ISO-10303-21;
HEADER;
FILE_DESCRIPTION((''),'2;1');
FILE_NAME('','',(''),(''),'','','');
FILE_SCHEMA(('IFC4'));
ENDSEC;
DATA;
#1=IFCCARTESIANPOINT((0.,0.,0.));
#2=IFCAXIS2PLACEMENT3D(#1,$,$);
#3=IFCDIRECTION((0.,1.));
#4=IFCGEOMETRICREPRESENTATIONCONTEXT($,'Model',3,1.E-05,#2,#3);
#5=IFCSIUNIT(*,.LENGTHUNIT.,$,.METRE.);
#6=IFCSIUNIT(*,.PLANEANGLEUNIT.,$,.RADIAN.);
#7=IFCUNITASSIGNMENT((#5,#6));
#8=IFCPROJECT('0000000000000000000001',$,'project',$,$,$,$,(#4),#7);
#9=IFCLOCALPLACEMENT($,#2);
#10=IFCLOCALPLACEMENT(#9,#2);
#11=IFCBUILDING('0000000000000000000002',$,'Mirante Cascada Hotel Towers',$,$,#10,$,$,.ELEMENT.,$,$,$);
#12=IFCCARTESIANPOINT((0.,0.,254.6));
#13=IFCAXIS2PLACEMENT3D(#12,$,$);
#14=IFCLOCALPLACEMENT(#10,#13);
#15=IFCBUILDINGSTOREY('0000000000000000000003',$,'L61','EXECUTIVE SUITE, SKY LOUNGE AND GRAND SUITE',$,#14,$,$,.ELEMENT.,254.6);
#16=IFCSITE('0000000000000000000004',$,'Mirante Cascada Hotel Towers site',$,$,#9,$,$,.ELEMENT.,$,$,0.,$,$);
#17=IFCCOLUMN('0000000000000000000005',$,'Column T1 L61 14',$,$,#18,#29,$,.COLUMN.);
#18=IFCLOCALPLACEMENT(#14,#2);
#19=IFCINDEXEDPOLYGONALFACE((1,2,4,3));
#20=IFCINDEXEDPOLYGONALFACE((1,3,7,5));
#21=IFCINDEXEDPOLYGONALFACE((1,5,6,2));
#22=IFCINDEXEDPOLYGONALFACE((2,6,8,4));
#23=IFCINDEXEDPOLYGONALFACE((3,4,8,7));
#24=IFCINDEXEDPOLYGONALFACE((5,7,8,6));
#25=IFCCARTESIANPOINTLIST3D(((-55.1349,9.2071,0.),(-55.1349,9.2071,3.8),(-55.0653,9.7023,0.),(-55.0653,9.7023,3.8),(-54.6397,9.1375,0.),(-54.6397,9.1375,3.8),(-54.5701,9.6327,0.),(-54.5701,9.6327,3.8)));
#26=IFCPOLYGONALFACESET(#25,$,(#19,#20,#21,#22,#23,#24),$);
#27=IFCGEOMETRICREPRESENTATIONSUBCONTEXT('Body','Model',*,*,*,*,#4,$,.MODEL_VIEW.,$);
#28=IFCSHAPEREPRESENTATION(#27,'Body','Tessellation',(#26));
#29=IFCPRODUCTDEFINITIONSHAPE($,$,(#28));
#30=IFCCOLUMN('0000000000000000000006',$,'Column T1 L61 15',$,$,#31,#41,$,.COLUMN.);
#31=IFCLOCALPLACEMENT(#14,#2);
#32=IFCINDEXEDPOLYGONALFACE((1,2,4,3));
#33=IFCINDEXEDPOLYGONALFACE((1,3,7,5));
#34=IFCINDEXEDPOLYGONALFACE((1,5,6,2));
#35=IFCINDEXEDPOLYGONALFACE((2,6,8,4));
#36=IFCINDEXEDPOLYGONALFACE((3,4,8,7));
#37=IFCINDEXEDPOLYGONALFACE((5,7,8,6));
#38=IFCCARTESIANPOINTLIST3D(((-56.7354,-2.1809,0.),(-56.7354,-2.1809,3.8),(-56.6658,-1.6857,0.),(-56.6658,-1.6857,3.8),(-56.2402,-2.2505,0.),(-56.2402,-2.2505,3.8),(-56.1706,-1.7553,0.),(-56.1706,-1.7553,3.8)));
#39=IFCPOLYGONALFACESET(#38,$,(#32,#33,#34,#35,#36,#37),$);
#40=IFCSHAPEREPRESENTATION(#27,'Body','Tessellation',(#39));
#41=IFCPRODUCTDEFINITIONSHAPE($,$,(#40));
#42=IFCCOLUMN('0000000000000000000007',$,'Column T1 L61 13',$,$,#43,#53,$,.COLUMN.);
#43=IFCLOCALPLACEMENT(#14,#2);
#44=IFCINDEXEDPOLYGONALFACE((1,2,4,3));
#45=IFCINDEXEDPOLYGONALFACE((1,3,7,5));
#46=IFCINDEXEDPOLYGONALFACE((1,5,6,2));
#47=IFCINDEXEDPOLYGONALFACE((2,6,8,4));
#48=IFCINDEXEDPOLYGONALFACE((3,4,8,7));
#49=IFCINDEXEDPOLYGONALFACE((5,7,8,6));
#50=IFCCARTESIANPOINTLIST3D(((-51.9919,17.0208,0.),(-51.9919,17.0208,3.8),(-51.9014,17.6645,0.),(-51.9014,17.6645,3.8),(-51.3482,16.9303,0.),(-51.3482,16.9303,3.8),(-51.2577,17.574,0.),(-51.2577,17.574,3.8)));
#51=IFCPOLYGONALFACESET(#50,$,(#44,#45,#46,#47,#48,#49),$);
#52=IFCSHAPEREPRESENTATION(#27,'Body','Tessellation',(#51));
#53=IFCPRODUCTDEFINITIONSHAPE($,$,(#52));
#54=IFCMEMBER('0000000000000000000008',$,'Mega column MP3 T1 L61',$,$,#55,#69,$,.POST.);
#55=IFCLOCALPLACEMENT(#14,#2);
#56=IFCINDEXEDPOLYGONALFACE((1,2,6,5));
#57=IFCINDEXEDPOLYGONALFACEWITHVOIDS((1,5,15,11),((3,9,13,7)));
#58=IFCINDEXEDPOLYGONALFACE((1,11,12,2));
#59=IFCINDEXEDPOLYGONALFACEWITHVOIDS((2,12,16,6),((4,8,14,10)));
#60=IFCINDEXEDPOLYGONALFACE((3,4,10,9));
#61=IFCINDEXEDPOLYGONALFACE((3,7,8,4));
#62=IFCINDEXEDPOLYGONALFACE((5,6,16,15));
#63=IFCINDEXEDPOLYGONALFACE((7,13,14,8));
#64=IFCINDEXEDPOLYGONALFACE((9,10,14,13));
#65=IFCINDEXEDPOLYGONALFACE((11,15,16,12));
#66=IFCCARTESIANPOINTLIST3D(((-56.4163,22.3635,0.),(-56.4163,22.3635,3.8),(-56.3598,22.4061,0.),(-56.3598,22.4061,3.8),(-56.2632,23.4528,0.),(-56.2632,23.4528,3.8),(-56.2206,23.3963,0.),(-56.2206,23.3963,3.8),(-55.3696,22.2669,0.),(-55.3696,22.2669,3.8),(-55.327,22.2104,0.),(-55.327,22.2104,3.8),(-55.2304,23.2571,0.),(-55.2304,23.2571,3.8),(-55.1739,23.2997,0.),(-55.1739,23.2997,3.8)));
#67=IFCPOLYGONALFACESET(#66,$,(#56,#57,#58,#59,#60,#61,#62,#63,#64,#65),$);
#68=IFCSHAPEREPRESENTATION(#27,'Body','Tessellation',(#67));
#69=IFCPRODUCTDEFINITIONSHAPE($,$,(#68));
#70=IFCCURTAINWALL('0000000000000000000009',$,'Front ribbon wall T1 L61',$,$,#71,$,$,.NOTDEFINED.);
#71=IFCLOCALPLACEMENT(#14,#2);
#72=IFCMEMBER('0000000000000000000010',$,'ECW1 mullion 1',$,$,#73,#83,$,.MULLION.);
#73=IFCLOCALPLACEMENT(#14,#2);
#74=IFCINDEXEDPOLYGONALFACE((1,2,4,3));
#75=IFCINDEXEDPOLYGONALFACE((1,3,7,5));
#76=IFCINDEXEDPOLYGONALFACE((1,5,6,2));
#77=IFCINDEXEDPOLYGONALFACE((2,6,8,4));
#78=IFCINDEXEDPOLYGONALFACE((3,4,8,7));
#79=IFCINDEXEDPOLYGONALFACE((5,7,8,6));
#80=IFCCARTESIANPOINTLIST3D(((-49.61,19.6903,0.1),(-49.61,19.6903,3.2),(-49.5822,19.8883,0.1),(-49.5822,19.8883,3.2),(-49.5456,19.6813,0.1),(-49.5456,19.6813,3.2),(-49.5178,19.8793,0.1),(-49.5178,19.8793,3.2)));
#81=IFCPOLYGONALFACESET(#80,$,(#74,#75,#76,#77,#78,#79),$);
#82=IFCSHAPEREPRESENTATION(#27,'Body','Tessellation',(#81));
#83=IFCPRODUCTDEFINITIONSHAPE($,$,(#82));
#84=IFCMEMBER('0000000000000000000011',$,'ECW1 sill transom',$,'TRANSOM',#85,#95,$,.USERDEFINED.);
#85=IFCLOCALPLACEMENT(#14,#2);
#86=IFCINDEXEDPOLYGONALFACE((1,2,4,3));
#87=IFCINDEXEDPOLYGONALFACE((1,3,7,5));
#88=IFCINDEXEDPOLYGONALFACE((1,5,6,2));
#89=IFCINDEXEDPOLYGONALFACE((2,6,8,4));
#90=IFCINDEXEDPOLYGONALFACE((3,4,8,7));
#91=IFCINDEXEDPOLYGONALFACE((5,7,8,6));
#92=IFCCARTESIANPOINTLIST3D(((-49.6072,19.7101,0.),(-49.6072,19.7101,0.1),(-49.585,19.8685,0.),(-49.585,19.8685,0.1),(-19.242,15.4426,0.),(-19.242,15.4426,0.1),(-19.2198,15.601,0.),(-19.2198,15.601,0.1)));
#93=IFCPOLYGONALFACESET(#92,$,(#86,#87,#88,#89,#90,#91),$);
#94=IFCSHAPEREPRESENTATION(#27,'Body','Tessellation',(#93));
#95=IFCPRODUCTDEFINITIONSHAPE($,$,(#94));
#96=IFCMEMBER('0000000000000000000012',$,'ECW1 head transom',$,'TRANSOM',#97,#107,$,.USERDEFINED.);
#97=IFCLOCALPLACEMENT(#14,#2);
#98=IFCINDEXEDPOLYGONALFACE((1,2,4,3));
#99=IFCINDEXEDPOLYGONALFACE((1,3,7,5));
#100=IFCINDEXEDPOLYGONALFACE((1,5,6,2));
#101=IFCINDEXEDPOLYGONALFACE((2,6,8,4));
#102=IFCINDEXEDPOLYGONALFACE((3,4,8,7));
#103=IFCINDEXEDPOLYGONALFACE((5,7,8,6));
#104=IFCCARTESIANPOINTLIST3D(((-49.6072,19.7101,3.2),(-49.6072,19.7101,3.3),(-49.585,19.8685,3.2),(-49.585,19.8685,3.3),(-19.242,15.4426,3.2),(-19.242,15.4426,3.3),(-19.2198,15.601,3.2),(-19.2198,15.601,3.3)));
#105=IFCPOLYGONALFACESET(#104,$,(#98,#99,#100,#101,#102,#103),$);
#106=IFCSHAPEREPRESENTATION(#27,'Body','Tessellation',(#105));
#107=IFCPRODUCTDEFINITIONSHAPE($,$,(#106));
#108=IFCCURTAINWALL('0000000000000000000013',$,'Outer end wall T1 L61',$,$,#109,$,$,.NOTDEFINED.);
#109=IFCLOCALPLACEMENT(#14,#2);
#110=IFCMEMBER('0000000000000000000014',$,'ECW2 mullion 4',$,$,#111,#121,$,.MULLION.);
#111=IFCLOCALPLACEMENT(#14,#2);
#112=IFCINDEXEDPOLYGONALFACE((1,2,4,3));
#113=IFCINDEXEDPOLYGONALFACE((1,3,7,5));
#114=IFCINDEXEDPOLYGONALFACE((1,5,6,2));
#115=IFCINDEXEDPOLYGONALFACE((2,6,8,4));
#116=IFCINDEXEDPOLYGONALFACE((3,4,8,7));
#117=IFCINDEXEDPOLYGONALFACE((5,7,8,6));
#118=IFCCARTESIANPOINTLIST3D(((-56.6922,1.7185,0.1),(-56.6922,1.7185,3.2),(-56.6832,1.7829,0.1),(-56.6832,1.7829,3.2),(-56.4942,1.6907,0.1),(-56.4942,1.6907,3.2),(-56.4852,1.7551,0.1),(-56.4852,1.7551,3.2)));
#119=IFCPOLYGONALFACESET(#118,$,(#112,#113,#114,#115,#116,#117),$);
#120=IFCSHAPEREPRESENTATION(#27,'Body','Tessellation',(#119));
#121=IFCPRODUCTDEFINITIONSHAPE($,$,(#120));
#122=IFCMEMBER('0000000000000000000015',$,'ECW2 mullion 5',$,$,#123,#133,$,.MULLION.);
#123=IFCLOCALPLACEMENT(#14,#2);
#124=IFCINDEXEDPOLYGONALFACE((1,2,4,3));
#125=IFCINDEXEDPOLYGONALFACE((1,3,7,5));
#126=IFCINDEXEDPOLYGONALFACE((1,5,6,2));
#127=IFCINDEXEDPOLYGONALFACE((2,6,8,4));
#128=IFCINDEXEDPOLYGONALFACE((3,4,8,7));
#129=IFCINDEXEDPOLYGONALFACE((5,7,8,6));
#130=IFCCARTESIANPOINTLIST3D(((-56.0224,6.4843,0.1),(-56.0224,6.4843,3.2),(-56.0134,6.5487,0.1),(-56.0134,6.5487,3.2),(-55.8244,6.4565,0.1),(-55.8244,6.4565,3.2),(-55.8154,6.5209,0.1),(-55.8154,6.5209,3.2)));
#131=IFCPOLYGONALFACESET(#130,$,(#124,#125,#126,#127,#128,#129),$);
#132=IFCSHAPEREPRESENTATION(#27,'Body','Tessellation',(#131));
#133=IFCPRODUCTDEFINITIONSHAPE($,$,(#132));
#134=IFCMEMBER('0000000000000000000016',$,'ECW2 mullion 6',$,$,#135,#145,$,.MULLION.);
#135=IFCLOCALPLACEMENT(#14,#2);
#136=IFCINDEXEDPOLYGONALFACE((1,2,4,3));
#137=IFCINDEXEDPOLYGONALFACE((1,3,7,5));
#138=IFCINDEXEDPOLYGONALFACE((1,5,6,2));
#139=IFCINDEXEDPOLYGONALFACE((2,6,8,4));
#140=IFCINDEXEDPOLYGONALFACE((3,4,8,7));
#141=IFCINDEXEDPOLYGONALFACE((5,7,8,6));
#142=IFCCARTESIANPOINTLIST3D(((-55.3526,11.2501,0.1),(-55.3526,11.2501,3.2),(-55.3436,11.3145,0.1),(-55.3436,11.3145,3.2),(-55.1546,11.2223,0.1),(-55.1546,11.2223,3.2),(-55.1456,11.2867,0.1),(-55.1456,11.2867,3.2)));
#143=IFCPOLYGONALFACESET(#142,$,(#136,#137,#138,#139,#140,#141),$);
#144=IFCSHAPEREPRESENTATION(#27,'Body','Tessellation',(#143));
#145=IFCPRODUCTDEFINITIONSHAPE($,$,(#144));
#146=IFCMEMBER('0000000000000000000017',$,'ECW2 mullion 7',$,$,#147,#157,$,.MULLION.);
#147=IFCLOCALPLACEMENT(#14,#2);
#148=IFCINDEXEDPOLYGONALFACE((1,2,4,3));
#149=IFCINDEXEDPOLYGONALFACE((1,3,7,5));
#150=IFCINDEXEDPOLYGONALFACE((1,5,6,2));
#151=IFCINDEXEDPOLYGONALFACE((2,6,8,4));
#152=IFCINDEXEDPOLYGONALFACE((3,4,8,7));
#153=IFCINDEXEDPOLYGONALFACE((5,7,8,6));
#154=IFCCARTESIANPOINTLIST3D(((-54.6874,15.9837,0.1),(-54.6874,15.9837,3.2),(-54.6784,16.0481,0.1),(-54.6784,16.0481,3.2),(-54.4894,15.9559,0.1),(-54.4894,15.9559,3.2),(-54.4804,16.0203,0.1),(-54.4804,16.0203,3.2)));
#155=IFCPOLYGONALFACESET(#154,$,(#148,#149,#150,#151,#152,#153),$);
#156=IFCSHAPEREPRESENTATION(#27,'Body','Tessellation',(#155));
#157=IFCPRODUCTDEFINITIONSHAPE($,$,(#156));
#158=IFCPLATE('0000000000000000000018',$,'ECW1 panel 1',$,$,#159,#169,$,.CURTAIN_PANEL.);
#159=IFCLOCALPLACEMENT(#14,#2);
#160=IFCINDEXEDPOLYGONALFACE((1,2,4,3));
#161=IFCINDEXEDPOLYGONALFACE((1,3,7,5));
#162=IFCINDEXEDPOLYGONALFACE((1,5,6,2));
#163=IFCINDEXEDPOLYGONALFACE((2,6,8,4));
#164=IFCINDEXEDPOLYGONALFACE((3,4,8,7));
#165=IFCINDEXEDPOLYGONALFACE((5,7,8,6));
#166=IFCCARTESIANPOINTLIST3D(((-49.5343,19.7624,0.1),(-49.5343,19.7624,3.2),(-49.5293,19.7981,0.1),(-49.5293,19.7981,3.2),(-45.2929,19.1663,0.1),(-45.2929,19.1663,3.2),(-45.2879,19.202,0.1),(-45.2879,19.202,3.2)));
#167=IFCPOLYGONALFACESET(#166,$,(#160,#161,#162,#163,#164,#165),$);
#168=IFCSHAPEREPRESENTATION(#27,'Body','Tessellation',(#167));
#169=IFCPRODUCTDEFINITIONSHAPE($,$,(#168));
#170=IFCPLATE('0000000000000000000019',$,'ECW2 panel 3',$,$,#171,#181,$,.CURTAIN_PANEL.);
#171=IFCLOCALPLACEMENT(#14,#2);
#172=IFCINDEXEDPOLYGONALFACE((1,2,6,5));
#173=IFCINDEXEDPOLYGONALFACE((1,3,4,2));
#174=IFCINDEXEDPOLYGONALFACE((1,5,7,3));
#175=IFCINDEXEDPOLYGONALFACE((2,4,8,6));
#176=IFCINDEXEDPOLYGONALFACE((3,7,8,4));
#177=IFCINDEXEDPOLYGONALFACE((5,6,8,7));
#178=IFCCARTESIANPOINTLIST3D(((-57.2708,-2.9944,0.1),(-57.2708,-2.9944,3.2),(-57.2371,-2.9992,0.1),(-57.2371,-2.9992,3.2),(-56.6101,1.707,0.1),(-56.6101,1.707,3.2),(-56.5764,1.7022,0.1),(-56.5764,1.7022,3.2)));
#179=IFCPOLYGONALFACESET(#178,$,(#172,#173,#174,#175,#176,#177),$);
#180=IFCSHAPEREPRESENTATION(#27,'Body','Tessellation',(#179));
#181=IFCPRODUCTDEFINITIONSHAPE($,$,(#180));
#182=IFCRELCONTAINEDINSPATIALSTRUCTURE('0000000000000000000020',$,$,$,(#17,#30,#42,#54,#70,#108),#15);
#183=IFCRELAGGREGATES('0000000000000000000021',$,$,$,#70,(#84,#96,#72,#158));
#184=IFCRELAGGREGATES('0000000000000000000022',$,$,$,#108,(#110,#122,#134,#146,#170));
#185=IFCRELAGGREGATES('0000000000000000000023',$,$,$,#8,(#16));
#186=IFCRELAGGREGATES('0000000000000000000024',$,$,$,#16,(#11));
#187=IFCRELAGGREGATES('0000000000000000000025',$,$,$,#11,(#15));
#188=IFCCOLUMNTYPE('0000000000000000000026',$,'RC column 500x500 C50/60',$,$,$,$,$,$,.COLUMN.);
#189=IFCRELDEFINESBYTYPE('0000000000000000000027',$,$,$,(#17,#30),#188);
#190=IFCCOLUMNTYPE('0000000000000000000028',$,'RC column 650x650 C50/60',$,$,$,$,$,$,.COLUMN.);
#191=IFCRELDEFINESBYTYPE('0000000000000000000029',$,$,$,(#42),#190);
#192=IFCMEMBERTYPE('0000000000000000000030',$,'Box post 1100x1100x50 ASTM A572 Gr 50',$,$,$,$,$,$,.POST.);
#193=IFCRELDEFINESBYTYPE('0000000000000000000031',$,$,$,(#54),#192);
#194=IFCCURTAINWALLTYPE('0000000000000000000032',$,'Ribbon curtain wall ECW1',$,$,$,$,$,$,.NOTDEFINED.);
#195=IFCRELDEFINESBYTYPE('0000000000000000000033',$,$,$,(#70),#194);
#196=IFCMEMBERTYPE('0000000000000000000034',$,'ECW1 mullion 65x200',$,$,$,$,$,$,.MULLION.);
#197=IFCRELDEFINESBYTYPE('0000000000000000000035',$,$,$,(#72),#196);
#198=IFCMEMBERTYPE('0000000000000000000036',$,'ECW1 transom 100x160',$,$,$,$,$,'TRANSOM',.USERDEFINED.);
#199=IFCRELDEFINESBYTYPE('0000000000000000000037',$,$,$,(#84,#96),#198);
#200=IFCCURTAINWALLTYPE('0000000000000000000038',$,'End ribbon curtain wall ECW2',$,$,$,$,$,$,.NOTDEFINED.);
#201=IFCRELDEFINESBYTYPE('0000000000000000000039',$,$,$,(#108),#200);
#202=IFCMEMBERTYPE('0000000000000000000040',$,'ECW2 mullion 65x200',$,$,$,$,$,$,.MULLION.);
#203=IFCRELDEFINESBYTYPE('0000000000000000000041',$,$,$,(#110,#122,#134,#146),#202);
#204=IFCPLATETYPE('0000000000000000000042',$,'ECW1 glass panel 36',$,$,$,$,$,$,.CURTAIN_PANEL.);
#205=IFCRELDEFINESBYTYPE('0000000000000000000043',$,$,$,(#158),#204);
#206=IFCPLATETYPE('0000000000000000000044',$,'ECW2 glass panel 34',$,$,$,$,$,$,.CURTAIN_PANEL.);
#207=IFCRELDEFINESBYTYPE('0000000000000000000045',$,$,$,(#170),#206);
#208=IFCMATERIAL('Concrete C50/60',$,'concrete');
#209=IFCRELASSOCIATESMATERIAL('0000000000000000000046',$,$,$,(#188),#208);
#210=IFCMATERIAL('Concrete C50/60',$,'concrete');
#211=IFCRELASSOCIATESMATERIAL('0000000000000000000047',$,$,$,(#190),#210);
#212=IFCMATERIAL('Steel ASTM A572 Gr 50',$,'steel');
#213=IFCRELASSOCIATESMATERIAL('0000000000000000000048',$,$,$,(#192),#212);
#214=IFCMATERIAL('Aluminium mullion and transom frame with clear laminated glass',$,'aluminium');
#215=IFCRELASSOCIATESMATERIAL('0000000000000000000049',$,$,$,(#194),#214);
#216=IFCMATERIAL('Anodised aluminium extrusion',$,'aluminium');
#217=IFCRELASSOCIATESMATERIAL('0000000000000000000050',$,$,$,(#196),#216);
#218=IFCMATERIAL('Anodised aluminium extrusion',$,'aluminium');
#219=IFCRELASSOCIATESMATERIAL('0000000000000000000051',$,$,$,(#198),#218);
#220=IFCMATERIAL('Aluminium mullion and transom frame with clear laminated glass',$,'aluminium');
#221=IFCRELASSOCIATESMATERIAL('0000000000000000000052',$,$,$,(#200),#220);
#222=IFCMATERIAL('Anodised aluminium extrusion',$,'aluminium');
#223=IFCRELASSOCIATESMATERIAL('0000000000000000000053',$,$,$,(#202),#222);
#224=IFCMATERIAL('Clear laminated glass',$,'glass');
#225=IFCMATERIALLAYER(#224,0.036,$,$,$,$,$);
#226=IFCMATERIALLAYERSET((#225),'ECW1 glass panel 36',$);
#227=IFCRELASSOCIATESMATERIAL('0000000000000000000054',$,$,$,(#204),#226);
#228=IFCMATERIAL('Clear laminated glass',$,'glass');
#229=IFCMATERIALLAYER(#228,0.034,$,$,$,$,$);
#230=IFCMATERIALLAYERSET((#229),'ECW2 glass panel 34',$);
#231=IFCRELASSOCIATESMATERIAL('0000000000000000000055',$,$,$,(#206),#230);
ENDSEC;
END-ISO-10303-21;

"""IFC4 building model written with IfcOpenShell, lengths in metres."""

from ifc_helpers import new_model, si_unit, direction, frame, origin, origin_2d, place, context, subcontext, project, spatial, rectangle, hollow_rectangle, extrude, material, layer, layer_set, material_profile, profile_set, type_object, element, aggregate, save


model = new_model("IFC4")

# Units and contexts
model_context = context("Model", 3, precision=1e-05, world=origin(), true_north=direction((0.0, 1.0)))
body_context = subcontext(model_context, "Body", "Model", "MODEL_VIEW")
ifc_project = project(units=[si_unit("LENGTHUNIT", "METRE"), si_unit("PLANEANGLEUNIT", "RADIAN")], contexts=[model_context])

# Site, building, storey
site_placement = place(None, origin())
site = spatial("IfcSite", under=ifc_project, at=site_placement, Name="Mirante Cascada Hotel Towers site", CompositionType="ELEMENT", RefElevation=0.0)
building_placement = place(site_placement, origin())
building = spatial("IfcBuilding", under=site, at=building_placement, Name="Mirante Cascada Hotel Towers", CompositionType="ELEMENT")
storey_placement = place(building_placement, frame((0.0, 0.0, 254.6)))
storey = spatial("IfcBuildingStorey", under=building, at=storey_placement, Name="L61", Description="EXECUTIVE SUITE, SKY LOUNGE AND GRAND SUITE", CompositionType="ELEMENT", Elevation=254.6)

# Columns
ifc_material_1 = material(Name="Concrete C50/60", Category="concrete")
ifc_material_profile_1 = material_profile(ifc_material_1, rectangle(XDim=0.5, YDim=0.5, at=origin_2d()), Name="RC column 500x500 C50/60")
ifc_profile_set_1 = profile_set([ifc_material_profile_1], Name="Concrete C50/60")
column_type_1 = type_object("IfcColumnType", Name="RC column 500x500 C50/60", PredefinedType="COLUMN", material=ifc_profile_set_1)
for number, where, z_axis, x_axis, name in (
    (1, (-54.8525, 9.4199, 0.0), (0.0, 0.0, 1.0), (-0.990268, 0.139173, 0.0), "Column T1 L61 14"),
    (2, (-56.453, -1.9681, 0.0), (0.0, 0.0, 1.0), (-0.990268, 0.139173, 0.0), "Column T1 L61 15"),
):
    element("IfcColumn", number, at=place(storey_placement, frame(where, z_axis=z_axis, x_axis=x_axis)), inside=storey, type_object=column_type_1, Name=name, PredefinedType="COLUMN", context=body_context, shape_type="SweptSolid", body=[
        extrude(rectangle(XDim=0.5, YDim=0.5, at=origin_2d()), origin(), (0.0, 0.0, 1.0), 3.8),
    ])
ifc_material_2 = material(Name="Concrete C50/60", Category="concrete")
ifc_material_profile_2 = material_profile(ifc_material_2, rectangle(XDim=0.65, YDim=0.65, at=origin_2d()), Name="RC column 650x650 C50/60")
ifc_profile_set_2 = profile_set([ifc_material_profile_2], Name="Concrete C50/60")
column_type_2 = type_object("IfcColumnType", Name="RC column 650x650 C50/60", PredefinedType="COLUMN", material=ifc_profile_set_2)
column_placement = place(storey_placement, frame((-51.6248, 17.2974, 0.0), z_axis=(0.0, 0.0, 1.0), x_axis=(-0.990268, 0.139173, 0.0)))
element("IfcColumn", 3, at=column_placement, inside=storey, type_object=column_type_2, Name="Column T1 L61 13", PredefinedType="COLUMN", context=body_context, shape_type="SweptSolid", body=[
    extrude(rectangle(XDim=0.65, YDim=0.65, at=origin_2d()), origin(), (0.0, 0.0, 1.0), 3.8),
])

# Member
ifc_material_3 = material(Name="Steel ASTM A572 Gr 50", Category="steel")
ifc_material_profile_3 = material_profile(ifc_material_3, hollow_rectangle(XDim=1.1, YDim=1.1, WallThickness=0.05, at=origin_2d()), Name="Box post 1100x1100x50 ASTM A572 Gr 50")
ifc_profile_set_3 = profile_set([ifc_material_profile_3], Name="Steel ASTM A572 Gr 50")
member_type_1 = type_object("IfcMemberType", Name="Box post 1100x1100x50 ASTM A572 Gr 50", PredefinedType="POST", material=ifc_profile_set_3)
member_1_placement = place(storey_placement, frame((-55.7951, 22.8316, 0.0), z_axis=(0.0, 0.0, 1.0), x_axis=(-0.990268, 0.139173, 0.0)))
element("IfcMember", 4, at=member_1_placement, inside=storey, type_object=member_type_1, Name="Mega column MP3 T1 L61", PredefinedType="POST", context=body_context, shape_type="SweptSolid", body=[
    extrude(hollow_rectangle(XDim=1.1, YDim=1.1, WallThickness=0.05, at=origin_2d()), origin(), (0.0, 0.0, 1.0), 3.8),
])

# Curtain walls, members
ifc_material_4 = material(Name="Aluminium mullion and transom frame with clear laminated glass", Category="aluminium")
curtain_wall_type_1 = type_object("IfcCurtainWallType", Name="Ribbon curtain wall ECW1", PredefinedType="NOTDEFINED", material=ifc_material_4)
curtain_wall_1_placement = place(storey_placement, origin())
curtain_wall_1 = element("IfcCurtainWall", 5, at=curtain_wall_1_placement, inside=storey, type_object=curtain_wall_type_1, Name="Front ribbon wall T1 L61", PredefinedType="NOTDEFINED")
ifc_material_5 = material(Name="Anodised aluminium extrusion", Category="aluminium")
ifc_material_profile_4 = material_profile(ifc_material_5, rectangle(XDim=0.2, YDim=0.065, at=origin_2d()), Name="ECW1 MULLION 65x200")
ifc_profile_set_4 = profile_set([ifc_material_profile_4], Name="Anodised aluminium extrusion")
member_type_2 = type_object("IfcMemberType", Name="ECW1 mullion 65x200", PredefinedType="MULLION", material=ifc_profile_set_4)
member_2_placement = place(storey_placement, frame((-49.5639, 19.7848, 0.1), z_axis=(0.0, 0.0, 1.0), x_axis=(0.139173, 0.990268, 0.0)))
member_2 = element("IfcMember", 6, at=member_2_placement, type_object=member_type_2, Name="ECW1 mullion 1", PredefinedType="MULLION", context=body_context, shape_type="SweptSolid", body=[
    extrude(rectangle(XDim=0.2, YDim=0.065, at=origin_2d()), origin(), (0.0, 0.0, 1.0), 3.1),
])
ifc_material_6 = material(Name="Anodised aluminium extrusion", Category="aluminium")
ifc_material_profile_5 = material_profile(ifc_material_6, rectangle(XDim=0.16, YDim=0.1, at=origin_2d()), Name="ECW1 TRANSOM 100x160")
ifc_profile_set_5 = profile_set([ifc_material_profile_5], Name="Anodised aluminium extrusion")
member_type_3 = type_object("IfcMemberType", Name="ECW1 transom 100x160", ElementType="TRANSOM", PredefinedType="USERDEFINED", material=ifc_profile_set_5)
member_3_placement = place(storey_placement, frame((-49.5961, 19.7893, 0.05), z_axis=(0.990268, -0.139172, 0.0), x_axis=(0.139172, 0.990268, 0.0)))
member_3 = element("IfcMember", 7, at=member_3_placement, type_object=member_type_3, Name="ECW1 sill transom", ObjectType="TRANSOM", PredefinedType="USERDEFINED", context=body_context, shape_type="SweptSolid", body=[
    extrude(rectangle(XDim=0.16, YDim=0.1, at=origin_2d()), origin(), (0.0, 0.0, 1.0), 30.6636),
])
member_4_placement = place(storey_placement, frame((-49.5961, 19.7893, 3.25), z_axis=(0.990268, -0.139172, 0.0), x_axis=(0.139172, 0.990268, 0.0)))
member_4 = element("IfcMember", 8, at=member_4_placement, type_object=member_type_3, Name="ECW1 head transom", ObjectType="TRANSOM", PredefinedType="USERDEFINED", context=body_context, shape_type="SweptSolid", body=[
    extrude(rectangle(XDim=0.16, YDim=0.1, at=origin_2d()), origin(), (0.0, 0.0, 1.0), 30.6636),
])
ifc_material_7 = material(Name="Aluminium mullion and transom frame with clear laminated glass", Category="aluminium")
curtain_wall_type_2 = type_object("IfcCurtainWallType", Name="End ribbon curtain wall ECW2", PredefinedType="NOTDEFINED", material=ifc_material_7)
curtain_wall_2_placement = place(storey_placement, origin())
curtain_wall_2 = element("IfcCurtainWall", 9, at=curtain_wall_2_placement, inside=storey, type_object=curtain_wall_type_2, Name="Outer end wall T1 L61", PredefinedType="NOTDEFINED")
ifc_material_8 = material(Name="Anodised aluminium extrusion", Category="aluminium")
ifc_material_profile_6 = material_profile(ifc_material_8, rectangle(XDim=0.2, YDim=0.065, at=origin_2d()), Name="ECW2 MULLION 65x200")
ifc_profile_set_6 = profile_set([ifc_material_profile_6], Name="Anodised aluminium extrusion")
member_type_4 = type_object("IfcMemberType", Name="ECW2 mullion 65x200", PredefinedType="MULLION", material=ifc_profile_set_6)
member_5_placement = place(storey_placement, frame((-56.5887, 1.7368, 0.1), z_axis=(0.0, 0.0, 1.0), x_axis=(-0.990268, 0.139173, 0.0)))
member_5 = element("IfcMember", 10, at=member_5_placement, type_object=member_type_4, Name="ECW2 mullion 4", PredefinedType="MULLION", context=body_context, shape_type="SweptSolid", body=[
    extrude(rectangle(XDim=0.2, YDim=0.065, at=origin_2d()), origin(), (0.0, 0.0, 1.0), 3.1),
])
member_6_placement = place(storey_placement, frame((-55.9189, 6.5026, 0.1), z_axis=(0.0, 0.0, 1.0), x_axis=(-0.990268, 0.139173, 0.0)))
member_6 = element("IfcMember", 11, at=member_6_placement, type_object=member_type_4, Name="ECW2 mullion 5", PredefinedType="MULLION", context=body_context, shape_type="SweptSolid", body=[
    extrude(rectangle(XDim=0.2, YDim=0.065, at=origin_2d()), origin(), (0.0, 0.0, 1.0), 3.1),
])
member_7_placement = place(storey_placement, frame((-55.2491, 11.2684, 0.1), z_axis=(0.0, 0.0, 1.0), x_axis=(-0.990268, 0.139173, 0.0)))
member_7 = element("IfcMember", 12, at=member_7_placement, type_object=member_type_4, Name="ECW2 mullion 6", PredefinedType="MULLION", context=body_context, shape_type="SweptSolid", body=[
    extrude(rectangle(XDim=0.2, YDim=0.065, at=origin_2d()), origin(), (0.0, 0.0, 1.0), 3.1),
])
member_8_placement = place(storey_placement, frame((-54.5839, 16.002, 0.1), z_axis=(0.0, 0.0, 1.0), x_axis=(-0.990268, 0.139173, 0.0)))
member_8 = element("IfcMember", 13, at=member_8_placement, type_object=member_type_4, Name="ECW2 mullion 7", PredefinedType="MULLION", context=body_context, shape_type="SweptSolid", body=[
    extrude(rectangle(XDim=0.2, YDim=0.065, at=origin_2d()), origin(), (0.0, 0.0, 1.0), 3.1),
])

# Plates
ifc_material_9 = material(Name="Clear laminated glass", Category="glass")
ifc_layer_1 = layer(ifc_material_9, 0.036)
ifc_layer_set_1 = layer_set([ifc_layer_1], Name="ECW1 glass panel 36")
plate_type_1 = type_object("IfcPlateType", Name="ECW1 glass panel 36", PredefinedType="CURTAIN_PANEL", material=ifc_layer_set_1)
plate_1_placement = place(storey_placement, frame((-47.4111, 19.4822, 0.1), z_axis=(0.0, 0.0, 1.0), x_axis=(0.990268, -0.139173, 0.0)))
plate_1 = element("IfcPlate", 14, at=plate_1_placement, type_object=plate_type_1, Name="ECW1 panel 1", PredefinedType="CURTAIN_PANEL", context=body_context, shape_type="SweptSolid", body=[
    extrude(rectangle(XDim=4.283, YDim=0.036, at=origin_2d()), origin(), (0.0, 0.0, 1.0), 3.1),
])
aggregate(curtain_wall_1, [member_3, member_4, member_2, plate_1])
ifc_material_10 = material(Name="Clear laminated glass", Category="glass")
ifc_layer_2 = layer(ifc_material_10, 0.034)
ifc_layer_set_2 = layer_set([ifc_layer_2], Name="ECW2 glass panel 34")
plate_type_2 = type_object("IfcPlateType", Name="ECW2 glass panel 34", PredefinedType="CURTAIN_PANEL", material=ifc_layer_set_2)
plate_2_placement = place(storey_placement, frame((-56.9236, -0.6461, 0.1), z_axis=(0.0, 0.0, 1.0), x_axis=(0.139173, 0.990268, 0.0)))
plate_2 = element("IfcPlate", 15, at=plate_2_placement, type_object=plate_type_2, Name="ECW2 panel 3", PredefinedType="CURTAIN_PANEL", context=body_context, shape_type="SweptSolid", body=[
    extrude(rectangle(XDim=4.7476, YDim=0.034, at=origin_2d()), origin(), (0.0, 0.0, 1.0), 3.1),
])
aggregate(curtain_wall_2, [member_5, member_6, member_7, member_8, plate_2])

save(model, "model.ifc")
